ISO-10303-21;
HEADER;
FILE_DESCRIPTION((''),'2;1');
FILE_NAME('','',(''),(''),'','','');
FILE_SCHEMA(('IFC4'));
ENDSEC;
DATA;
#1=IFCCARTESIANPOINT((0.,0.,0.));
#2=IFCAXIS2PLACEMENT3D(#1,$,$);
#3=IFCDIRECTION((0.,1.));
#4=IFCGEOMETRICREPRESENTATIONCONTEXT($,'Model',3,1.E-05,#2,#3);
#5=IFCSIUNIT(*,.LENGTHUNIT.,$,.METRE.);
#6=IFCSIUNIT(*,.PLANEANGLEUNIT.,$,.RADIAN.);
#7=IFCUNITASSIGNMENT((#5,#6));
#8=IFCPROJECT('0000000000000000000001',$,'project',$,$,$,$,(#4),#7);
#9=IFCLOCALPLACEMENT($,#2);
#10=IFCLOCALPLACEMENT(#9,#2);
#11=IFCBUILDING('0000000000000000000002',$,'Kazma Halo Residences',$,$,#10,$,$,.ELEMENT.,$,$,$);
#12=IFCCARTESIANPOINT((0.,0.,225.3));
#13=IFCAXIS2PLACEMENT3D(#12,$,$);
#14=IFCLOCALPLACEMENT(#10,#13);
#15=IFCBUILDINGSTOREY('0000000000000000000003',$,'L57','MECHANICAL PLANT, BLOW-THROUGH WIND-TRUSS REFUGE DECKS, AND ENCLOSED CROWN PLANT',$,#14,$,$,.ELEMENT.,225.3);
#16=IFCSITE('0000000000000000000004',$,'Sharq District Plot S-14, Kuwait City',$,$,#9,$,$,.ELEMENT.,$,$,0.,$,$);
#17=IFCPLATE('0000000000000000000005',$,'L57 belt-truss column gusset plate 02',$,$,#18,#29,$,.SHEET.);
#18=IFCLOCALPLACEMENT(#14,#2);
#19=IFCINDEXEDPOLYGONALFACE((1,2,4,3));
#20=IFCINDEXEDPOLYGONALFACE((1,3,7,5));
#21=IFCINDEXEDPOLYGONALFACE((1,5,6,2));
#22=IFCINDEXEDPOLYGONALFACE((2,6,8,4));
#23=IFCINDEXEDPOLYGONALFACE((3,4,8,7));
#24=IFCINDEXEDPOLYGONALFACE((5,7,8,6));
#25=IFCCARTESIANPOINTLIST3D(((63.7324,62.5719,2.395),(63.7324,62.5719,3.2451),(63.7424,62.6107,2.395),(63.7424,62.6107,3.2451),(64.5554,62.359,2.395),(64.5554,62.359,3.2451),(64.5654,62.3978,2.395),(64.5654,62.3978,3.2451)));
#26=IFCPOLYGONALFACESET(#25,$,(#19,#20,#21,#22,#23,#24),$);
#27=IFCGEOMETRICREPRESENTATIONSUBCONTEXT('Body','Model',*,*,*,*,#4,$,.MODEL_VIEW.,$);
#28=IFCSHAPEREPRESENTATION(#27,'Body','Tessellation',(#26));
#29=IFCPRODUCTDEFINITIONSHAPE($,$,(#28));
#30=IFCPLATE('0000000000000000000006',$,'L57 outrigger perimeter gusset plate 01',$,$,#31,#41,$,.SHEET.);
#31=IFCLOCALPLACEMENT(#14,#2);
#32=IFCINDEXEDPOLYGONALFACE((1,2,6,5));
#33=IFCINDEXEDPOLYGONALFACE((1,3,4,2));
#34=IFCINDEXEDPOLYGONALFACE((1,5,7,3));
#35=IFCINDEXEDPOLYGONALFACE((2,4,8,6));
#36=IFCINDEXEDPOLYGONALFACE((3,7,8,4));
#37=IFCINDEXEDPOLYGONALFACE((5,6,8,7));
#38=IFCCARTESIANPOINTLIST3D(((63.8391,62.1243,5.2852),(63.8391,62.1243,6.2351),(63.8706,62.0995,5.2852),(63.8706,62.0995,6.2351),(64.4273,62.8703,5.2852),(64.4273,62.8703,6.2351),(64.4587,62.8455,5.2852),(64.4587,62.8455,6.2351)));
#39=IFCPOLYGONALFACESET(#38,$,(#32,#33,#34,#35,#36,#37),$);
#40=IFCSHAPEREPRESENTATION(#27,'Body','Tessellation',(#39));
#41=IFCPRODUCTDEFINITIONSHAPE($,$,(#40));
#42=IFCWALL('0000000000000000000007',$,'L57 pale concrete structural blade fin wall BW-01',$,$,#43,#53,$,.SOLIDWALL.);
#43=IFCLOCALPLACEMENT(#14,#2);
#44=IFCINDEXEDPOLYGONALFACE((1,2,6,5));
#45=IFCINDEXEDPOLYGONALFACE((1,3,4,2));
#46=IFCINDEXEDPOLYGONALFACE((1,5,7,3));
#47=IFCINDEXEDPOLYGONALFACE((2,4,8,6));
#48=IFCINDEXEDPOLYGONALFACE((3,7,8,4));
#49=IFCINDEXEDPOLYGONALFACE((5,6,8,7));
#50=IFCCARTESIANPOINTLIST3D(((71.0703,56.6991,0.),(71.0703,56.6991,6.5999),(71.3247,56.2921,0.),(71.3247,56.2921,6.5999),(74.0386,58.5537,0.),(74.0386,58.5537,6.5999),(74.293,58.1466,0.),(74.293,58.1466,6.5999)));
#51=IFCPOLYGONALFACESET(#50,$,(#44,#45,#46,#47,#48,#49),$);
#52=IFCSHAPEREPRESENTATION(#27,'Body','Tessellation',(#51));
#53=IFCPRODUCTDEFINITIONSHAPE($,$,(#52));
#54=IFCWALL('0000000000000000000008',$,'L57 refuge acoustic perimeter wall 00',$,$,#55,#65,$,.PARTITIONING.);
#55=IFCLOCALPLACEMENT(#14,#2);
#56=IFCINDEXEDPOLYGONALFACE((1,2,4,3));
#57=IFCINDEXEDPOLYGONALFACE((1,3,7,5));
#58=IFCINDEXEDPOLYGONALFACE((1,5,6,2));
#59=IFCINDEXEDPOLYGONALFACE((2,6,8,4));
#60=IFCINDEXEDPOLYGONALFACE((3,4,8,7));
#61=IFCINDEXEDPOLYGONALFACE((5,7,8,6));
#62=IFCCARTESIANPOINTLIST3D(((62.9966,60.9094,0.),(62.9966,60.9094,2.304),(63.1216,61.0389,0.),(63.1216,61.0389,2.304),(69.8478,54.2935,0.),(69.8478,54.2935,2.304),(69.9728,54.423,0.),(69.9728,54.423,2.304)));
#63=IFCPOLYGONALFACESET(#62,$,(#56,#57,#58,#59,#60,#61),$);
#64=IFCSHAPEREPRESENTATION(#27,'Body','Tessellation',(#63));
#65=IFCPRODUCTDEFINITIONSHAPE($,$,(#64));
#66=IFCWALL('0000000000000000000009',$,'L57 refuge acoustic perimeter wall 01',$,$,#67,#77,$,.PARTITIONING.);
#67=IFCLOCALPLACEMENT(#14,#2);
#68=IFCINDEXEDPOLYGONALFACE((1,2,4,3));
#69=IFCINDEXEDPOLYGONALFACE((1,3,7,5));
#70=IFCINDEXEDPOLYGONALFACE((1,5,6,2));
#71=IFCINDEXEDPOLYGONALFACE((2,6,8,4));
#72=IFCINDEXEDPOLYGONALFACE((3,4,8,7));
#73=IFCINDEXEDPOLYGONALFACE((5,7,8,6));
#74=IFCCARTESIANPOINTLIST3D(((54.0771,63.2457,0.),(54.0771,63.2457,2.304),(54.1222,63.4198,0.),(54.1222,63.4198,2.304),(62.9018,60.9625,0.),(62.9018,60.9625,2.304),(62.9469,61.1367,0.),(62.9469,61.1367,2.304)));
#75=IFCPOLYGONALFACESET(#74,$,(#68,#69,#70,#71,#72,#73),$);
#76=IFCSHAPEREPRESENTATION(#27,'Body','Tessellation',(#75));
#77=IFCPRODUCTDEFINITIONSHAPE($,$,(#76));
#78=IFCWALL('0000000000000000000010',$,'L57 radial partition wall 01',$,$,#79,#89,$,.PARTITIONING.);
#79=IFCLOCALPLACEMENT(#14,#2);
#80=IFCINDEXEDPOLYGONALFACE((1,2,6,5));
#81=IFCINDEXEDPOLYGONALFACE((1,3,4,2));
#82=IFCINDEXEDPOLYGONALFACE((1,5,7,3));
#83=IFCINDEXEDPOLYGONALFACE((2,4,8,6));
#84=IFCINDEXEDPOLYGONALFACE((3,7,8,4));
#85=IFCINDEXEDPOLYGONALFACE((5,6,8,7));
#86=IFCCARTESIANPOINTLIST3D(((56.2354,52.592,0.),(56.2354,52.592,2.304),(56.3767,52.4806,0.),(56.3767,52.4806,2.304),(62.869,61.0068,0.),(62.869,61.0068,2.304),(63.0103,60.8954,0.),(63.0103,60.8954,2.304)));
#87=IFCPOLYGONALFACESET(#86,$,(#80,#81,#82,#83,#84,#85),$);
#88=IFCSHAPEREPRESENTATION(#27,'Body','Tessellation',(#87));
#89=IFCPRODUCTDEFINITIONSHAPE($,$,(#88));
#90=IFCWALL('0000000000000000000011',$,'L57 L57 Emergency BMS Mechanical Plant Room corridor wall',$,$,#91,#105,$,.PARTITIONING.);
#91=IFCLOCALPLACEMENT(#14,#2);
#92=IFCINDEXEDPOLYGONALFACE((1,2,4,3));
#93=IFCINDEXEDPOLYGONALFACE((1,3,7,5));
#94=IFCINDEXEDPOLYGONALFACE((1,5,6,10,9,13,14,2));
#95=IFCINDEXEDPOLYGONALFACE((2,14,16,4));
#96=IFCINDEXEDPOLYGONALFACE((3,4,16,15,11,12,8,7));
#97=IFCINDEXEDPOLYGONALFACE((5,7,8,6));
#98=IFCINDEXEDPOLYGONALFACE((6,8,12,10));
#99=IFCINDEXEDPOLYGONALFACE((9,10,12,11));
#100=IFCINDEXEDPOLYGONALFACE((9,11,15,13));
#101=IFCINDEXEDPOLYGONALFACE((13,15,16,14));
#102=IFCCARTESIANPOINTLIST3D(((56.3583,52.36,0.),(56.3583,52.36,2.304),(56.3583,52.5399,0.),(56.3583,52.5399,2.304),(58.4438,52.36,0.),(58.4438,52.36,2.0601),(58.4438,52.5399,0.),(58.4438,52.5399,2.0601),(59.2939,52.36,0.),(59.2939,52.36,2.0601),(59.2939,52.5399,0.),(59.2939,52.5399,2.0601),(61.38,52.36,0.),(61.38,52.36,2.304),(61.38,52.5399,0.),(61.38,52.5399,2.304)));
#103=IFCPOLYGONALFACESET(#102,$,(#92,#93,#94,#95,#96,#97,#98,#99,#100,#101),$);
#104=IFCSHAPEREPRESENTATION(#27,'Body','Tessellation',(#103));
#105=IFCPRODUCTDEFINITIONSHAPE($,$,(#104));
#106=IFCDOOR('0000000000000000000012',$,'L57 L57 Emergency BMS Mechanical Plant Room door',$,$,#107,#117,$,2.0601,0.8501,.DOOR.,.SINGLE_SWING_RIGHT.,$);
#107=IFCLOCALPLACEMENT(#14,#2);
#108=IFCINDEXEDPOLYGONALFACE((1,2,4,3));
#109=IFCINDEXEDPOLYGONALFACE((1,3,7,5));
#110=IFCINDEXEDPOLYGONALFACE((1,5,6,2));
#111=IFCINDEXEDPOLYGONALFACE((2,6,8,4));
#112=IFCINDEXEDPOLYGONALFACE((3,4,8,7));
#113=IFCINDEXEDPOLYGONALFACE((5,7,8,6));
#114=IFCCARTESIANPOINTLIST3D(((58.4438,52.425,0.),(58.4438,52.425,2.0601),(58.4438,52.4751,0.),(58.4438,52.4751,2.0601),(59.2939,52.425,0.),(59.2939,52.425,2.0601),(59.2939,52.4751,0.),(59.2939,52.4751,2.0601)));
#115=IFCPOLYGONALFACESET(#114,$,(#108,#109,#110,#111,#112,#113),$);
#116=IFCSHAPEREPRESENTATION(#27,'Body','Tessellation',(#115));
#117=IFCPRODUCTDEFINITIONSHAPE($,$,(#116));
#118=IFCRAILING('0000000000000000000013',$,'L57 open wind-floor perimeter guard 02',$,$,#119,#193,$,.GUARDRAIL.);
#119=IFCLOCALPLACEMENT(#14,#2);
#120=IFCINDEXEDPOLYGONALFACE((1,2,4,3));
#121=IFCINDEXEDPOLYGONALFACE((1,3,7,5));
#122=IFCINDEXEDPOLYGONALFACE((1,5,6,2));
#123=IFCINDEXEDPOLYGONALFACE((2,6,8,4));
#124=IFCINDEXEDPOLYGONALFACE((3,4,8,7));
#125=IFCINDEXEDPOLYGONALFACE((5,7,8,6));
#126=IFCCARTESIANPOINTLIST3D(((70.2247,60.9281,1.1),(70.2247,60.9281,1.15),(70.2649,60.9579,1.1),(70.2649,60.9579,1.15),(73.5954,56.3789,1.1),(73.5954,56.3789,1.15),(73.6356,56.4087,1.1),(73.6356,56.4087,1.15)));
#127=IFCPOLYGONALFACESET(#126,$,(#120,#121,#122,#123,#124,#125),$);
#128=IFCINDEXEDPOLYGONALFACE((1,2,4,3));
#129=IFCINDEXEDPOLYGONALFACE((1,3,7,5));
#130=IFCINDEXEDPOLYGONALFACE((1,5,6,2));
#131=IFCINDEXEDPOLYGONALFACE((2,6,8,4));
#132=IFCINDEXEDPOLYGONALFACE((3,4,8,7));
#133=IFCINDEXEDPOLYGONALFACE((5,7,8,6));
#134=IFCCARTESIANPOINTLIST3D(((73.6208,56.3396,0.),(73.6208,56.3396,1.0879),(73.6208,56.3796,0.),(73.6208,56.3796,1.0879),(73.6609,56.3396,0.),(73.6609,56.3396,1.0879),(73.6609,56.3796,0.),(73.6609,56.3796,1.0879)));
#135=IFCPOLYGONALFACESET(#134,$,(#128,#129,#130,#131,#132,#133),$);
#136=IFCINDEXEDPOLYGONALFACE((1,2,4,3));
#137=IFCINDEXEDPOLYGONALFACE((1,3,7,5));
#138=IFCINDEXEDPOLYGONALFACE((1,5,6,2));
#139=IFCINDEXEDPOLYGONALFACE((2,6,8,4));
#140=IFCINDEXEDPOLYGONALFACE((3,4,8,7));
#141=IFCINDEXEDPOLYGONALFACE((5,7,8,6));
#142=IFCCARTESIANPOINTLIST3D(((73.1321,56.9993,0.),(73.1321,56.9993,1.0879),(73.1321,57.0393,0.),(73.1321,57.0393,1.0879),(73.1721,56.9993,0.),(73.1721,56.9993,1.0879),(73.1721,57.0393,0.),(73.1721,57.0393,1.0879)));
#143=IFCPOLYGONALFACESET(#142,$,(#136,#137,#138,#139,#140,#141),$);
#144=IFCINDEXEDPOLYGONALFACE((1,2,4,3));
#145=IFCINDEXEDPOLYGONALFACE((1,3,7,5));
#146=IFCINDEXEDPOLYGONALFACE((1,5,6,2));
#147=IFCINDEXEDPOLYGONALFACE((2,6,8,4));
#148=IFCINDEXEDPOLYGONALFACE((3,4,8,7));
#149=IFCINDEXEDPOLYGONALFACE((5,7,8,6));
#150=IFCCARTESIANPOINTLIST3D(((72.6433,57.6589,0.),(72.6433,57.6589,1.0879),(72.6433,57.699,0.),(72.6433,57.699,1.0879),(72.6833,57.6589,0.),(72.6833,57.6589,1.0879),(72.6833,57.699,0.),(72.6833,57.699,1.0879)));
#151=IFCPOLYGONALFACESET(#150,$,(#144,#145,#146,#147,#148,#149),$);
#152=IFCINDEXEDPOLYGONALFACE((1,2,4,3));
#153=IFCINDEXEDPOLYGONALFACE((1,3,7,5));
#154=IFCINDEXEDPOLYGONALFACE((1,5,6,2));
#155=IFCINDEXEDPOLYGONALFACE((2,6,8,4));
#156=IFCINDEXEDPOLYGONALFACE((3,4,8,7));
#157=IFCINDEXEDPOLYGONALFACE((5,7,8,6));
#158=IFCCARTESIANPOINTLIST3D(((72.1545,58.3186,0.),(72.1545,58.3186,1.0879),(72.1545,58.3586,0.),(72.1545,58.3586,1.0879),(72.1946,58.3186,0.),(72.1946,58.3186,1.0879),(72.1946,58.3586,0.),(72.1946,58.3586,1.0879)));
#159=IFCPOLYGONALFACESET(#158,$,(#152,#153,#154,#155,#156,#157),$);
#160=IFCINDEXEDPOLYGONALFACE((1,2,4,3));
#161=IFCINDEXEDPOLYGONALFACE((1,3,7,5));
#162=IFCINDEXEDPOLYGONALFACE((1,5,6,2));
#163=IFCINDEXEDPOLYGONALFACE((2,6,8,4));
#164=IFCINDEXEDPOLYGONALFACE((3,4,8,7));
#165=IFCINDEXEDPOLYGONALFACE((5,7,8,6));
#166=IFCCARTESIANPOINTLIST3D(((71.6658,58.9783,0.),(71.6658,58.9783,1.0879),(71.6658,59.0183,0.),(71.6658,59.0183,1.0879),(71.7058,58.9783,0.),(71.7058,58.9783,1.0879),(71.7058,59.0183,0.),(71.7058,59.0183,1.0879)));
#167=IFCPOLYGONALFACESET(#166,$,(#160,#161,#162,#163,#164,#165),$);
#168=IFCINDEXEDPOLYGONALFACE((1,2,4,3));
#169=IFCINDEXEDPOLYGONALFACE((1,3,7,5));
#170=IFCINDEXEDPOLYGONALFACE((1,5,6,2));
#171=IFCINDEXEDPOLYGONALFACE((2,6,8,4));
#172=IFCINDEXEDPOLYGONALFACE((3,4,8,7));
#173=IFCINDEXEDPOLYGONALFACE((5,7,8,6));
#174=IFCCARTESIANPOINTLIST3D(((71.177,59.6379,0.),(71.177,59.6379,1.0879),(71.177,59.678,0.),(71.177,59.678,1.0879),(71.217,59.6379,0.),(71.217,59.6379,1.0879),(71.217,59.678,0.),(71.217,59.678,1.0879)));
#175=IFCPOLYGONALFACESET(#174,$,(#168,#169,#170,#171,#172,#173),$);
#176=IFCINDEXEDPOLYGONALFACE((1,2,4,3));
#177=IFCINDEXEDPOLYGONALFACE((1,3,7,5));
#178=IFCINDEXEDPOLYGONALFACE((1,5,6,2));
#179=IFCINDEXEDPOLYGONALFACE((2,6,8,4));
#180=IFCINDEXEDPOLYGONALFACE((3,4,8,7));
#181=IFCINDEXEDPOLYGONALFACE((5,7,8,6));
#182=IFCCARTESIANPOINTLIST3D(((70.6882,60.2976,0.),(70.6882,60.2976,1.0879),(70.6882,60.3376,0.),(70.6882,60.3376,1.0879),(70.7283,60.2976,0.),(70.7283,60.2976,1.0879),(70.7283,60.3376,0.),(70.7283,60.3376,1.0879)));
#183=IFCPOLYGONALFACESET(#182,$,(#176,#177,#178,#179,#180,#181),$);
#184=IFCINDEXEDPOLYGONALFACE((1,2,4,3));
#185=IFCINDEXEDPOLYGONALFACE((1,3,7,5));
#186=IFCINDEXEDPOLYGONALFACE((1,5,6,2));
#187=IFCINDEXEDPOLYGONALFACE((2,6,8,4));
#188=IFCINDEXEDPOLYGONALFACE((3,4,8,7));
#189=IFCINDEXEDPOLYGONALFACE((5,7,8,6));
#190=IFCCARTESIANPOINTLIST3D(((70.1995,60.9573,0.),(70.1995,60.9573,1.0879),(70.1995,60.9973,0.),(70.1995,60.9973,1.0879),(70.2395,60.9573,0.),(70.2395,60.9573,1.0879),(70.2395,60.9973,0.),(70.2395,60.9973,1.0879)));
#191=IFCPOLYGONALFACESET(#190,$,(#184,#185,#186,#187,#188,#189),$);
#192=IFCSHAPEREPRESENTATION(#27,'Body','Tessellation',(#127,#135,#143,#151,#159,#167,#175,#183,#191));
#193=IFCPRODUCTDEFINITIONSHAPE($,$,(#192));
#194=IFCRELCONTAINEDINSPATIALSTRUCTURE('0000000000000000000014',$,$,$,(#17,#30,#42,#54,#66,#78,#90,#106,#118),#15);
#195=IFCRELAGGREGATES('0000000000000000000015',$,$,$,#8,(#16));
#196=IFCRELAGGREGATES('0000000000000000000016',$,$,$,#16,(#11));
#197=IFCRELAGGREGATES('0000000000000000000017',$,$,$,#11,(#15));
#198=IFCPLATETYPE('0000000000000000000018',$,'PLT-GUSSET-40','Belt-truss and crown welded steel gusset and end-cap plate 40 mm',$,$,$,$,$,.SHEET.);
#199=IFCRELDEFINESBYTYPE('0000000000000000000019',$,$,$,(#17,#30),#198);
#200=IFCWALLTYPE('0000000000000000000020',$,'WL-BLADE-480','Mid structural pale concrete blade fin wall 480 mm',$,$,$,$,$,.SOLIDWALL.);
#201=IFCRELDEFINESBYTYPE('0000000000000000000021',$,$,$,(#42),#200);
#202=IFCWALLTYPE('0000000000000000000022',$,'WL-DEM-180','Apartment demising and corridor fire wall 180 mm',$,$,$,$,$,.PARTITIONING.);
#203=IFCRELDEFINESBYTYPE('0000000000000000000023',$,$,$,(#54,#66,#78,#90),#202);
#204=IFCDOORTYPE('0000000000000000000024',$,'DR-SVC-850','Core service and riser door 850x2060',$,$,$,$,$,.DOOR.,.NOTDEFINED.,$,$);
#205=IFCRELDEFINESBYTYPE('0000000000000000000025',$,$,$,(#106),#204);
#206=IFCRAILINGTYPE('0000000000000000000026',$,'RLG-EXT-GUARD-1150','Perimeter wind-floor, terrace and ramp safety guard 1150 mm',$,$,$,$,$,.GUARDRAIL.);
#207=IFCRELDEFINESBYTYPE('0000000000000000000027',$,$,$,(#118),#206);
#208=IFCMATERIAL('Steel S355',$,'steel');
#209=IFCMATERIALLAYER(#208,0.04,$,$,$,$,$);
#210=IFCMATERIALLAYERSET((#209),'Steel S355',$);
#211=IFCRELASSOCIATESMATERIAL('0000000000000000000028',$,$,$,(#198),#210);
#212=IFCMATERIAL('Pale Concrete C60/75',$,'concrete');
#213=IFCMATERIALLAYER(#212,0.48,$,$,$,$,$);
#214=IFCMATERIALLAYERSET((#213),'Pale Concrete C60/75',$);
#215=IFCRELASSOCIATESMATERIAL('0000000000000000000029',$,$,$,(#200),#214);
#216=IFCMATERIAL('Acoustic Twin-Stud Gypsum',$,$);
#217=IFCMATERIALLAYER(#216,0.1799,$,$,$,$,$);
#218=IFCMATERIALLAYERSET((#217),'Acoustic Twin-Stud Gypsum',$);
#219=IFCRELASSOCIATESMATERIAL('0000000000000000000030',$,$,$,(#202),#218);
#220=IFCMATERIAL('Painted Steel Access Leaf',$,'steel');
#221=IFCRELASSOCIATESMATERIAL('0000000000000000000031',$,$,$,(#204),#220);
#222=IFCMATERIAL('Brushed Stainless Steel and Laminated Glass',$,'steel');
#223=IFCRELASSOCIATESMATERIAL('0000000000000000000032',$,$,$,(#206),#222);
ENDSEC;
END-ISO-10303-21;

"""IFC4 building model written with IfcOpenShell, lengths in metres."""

from ifc_helpers import new_model, si_unit, direction, frame, frame_2d, origin, origin_2d, place, context, subcontext, project, spatial, rectangle, extrude, material, layer, layer_set, type_object, element, fill, save


model = new_model("IFC4")

# Units and contexts
model_context = context("Model", 3, precision=1e-05, world=origin(), true_north=direction((0.0, 1.0)))
body_context = subcontext(model_context, "Body", "Model", "MODEL_VIEW")
ifc_project = project(units=[si_unit("LENGTHUNIT", "METRE"), si_unit("PLANEANGLEUNIT", "RADIAN")], contexts=[model_context])

# Site, building, storey
site_placement = place(None, origin())
site = spatial("IfcSite", under=ifc_project, at=site_placement, Name="Sharq District Plot S-14, Kuwait City", CompositionType="ELEMENT", RefElevation=0.0)
building_placement = place(site_placement, origin())
building = spatial("IfcBuilding", under=site, at=building_placement, Name="Kazma Halo Residences", CompositionType="ELEMENT")
storey_placement = place(building_placement, frame((0.0, 0.0, 225.3)))
storey = spatial("IfcBuildingStorey", under=building, at=storey_placement, Name="L57", Description="MECHANICAL PLANT, BLOW-THROUGH WIND-TRUSS REFUGE DECKS, AND ENCLOSED CROWN PLANT", CompositionType="ELEMENT", Elevation=225.3)

# Shared definitions
ifc_material_1 = material(Name="Steel S355", Category="steel")

# Plates
ifc_layer_1 = layer(ifc_material_1, 0.04)
ifc_layer_set_1 = layer_set([ifc_layer_1], Name="Steel S355")
plate_type = type_object("IfcPlateType", Name="PLT-GUSSET-40", Description="Belt-truss and crown welded steel gusset and end-cap plate 40 mm", PredefinedType="SHEET", material=ifc_layer_set_1)
plate_1_placement = place(storey_placement, frame((64.1489, 62.4849, 2.395), z_axis=(0.0, 0.0, 1.0), x_axis=(-0.968125, 0.250467, 0.0)))
element("IfcPlate", 1, at=plate_1_placement, inside=storey, type_object=plate_type, Name="L57 belt-truss column gusset plate 02", PredefinedType="SHEET", context=body_context, shape_type="SweptSolid", body=[
    extrude(rectangle(XDim=0.8501, YDim=0.04, at=origin_2d()), origin(), (0.0, 0.0, 1.0), 0.8501),
])
plate_2_placement = place(storey_placement, frame((64.1489, 62.4849, 5.2852), z_axis=(0.0, 0.0, 1.0), x_axis=(0.619093, 0.785317, 0.0)))
element("IfcPlate", 2, at=plate_2_placement, inside=storey, type_object=plate_type, Name="L57 outrigger perimeter gusset plate 01", PredefinedType="SHEET", context=body_context, shape_type="SweptSolid", body=[
    extrude(rectangle(XDim=0.95, YDim=0.04, at=origin_2d()), origin(), (0.0, 0.0, 1.0), 0.95),
])

# Walls
ifc_material_2 = material(Name="Pale Concrete C60/75", Category="concrete")
ifc_layer_2 = layer(ifc_material_2, 0.48)
ifc_layer_set_2 = layer_set([ifc_layer_2], Name="Pale Concrete C60/75")
wall_type_1 = type_object("IfcWallType", Name="WL-BLADE-480", Description="Mid structural pale concrete blade fin wall 480 mm", PredefinedType="SOLIDWALL", material=ifc_layer_set_2)
wall_1_placement = place(storey_placement, frame((71.1975, 56.4956, 0.0), z_axis=(0.0, 0.0, 1.0), x_axis=(0.848085, 0.529861, 0.0)))
element("IfcWall", 3, at=wall_1_placement, inside=storey, type_object=wall_type_1, Name="L57 pale concrete structural blade fin wall BW-01", PredefinedType="SOLIDWALL", context=body_context, shape_type="SweptSolid", body=[
    extrude(rectangle(XDim=3.5, YDim=0.48, at=frame_2d((1.75, 0.0))), origin(), (0.0, 0.0, 1.0), 6.5999),
])
ifc_material_3 = material(Name="Acoustic Twin-Stud Gypsum")
ifc_layer_3 = layer(ifc_material_3, 0.1799)
ifc_layer_set_3 = layer_set([ifc_layer_3], Name="Acoustic Twin-Stud Gypsum")
wall_type_2 = type_object("IfcWallType", Name="WL-DEM-180", Description="Apartment demising and corridor fire wall 180 mm", PredefinedType="PARTITIONING", material=ifc_layer_set_3)
wall_2_placement = place(storey_placement, frame((69.9104, 54.3582, 0.0), z_axis=(0.0, 0.0, 1.0), x_axis=(-0.719354, 0.694643, 0.0)))
element("IfcWall", 4, at=wall_2_placement, inside=storey, type_object=wall_type_2, Name="L57 refuge acoustic perimeter wall 00", PredefinedType="PARTITIONING", context=body_context, shape_type="SweptSolid", body=[
    extrude(rectangle(XDim=9.5242, YDim=0.1799, at=frame_2d((4.7622, 0.0))), origin(), (0.0, 0.0, 1.0), 2.304),
])
wall_3_placement = place(storey_placement, frame((62.9243, 61.0496, 0.0), z_axis=(0.0, 0.0, 1.0), x_axis=(-0.968122, 0.250481, 0.0)))
element("IfcWall", 5, at=wall_3_placement, inside=storey, type_object=wall_type_2, Name="L57 refuge acoustic perimeter wall 01", PredefinedType="PARTITIONING", context=body_context, shape_type="SweptSolid", body=[
    extrude(rectangle(XDim=9.1152, YDim=0.1799, at=frame_2d((4.5576, 0.0))), origin(), (0.0, 0.0, 1.0), 2.304),
])
wall_4_placement = place(storey_placement, frame((56.3062, 52.5364, 0.0), z_axis=(0.0, 0.0, 1.0), x_axis=(0.619086, 0.785323, 0.0)))
element("IfcWall", 6, at=wall_4_placement, inside=storey, type_object=wall_type_2, Name="L57 radial partition wall 01", PredefinedType="PARTITIONING", context=body_context, shape_type="SweptSolid", body=[
    extrude(rectangle(XDim=10.7151, YDim=0.1799, at=frame_2d((5.3574, 0.0))), origin(), (0.0, 0.0, 1.0), 2.304),
])

# Wall, opening, door
wall_5_placement = place(storey_placement, frame((61.3799, 52.45, 0.0), z_axis=(0.0, 0.0, 1.0), x_axis=(-1.0, 0.0, 0.0)))
wall_5 = element("IfcWall", 7, at=wall_5_placement, inside=storey, type_object=wall_type_2, Name="L57 L57 Emergency BMS Mechanical Plant Room corridor wall", PredefinedType="PARTITIONING", context=body_context, shape_type="SweptSolid", body=[
    extrude(rectangle(XDim=5.0217, YDim=0.1799, at=frame_2d((2.5107, 0.0))), origin(), (0.0, 0.0, 1.0), 2.304),
])
opening_placement = place(wall_5_placement, frame((2.0859, 0.0, 0.0)))
opening = element("IfcOpeningElement", 8, at=opening_placement, cuts=wall_5, PredefinedType="OPENING", context=body_context, shape_type="SweptSolid", body=[
    extrude(rectangle(XDim=0.8501, YDim=2.0601, at=frame_2d((0.425, 1.03))), frame((0.0, 0.0999, 0.0), z_axis=(0.0, -1.0, 0.0), x_axis=(1.0, 0.0, 0.0)), (0.0, 0.0, 1.0), 0.2),
])
ifc_material_4 = material(Name="Painted Steel Access Leaf", Category="steel")
door_type = type_object("IfcDoorType", Name="DR-SVC-850", Description="Core service and riser door 850x2060", OperationType="NOTDEFINED", PredefinedType="DOOR", material=ifc_material_4)
door_placement = place(opening_placement, origin())
door = element("IfcDoor", 9, at=door_placement, inside=storey, type_object=door_type, Name="L57 L57 Emergency BMS Mechanical Plant Room door", OperationType="SINGLE_SWING_RIGHT", OverallHeight=2.0601, OverallWidth=0.8501, PredefinedType="DOOR", context=body_context, shape_type="SweptSolid", body=[
    extrude(rectangle(XDim=0.8501, YDim=2.0601, at=frame_2d((0.425, 1.03))), frame((0.0, 0.0249, 0.0), z_axis=(0.0, -1.0, 0.0), x_axis=(1.0, 0.0, 0.0)), (0.0, 0.0, 1.0), 0.05),
])
fill(opening, door)

# Railing
ifc_material_5 = material(Name="Brushed Stainless Steel and Laminated Glass", Category="steel")
railing_type = type_object("IfcRailingType", Name="RLG-EXT-GUARD-1150", Description="Perimeter wind-floor, terrace and ramp safety guard 1150 mm", PredefinedType="GUARDRAIL", material=ifc_material_5)
railing_1_placement = place(storey_placement, frame((73.6409, 56.3596, 0.0)))
element("IfcRailing", 10, at=railing_1_placement, inside=storey, type_object=railing_type, Name="L57 open wind-floor perimeter guard 02", PredefinedType="GUARDRAIL", context=body_context, shape_type="SweptSolid", body=[
    extrude(rectangle(XDim=0.05, YDim=0.05, at=origin_2d()), frame((-0.0254, 0.0342, 1.125), z_axis=(-0.595327, 0.803483, 0.0), x_axis=(-0.803483, -0.595327, 0.0)), (0.0, 0.0, 1.0), 5.6619),
    extrude(rectangle(XDim=0.04, YDim=0.04, at=origin_2d()), origin(), (0.0, 0.0, 1.0), 1.0879),
    extrude(rectangle(XDim=0.04, YDim=0.04, at=origin_2d()), frame((-0.4888, 0.6597, 0.0)), (0.0, 0.0, 1.0), 1.0879),
    extrude(rectangle(XDim=0.04, YDim=0.04, at=origin_2d()), frame((-0.9775, 1.3193, 0.0)), (0.0, 0.0, 1.0), 1.0879),
    extrude(rectangle(XDim=0.04, YDim=0.04, at=origin_2d()), frame((-1.4663, 1.979, 0.0)), (0.0, 0.0, 1.0), 1.0879),
    extrude(rectangle(XDim=0.04, YDim=0.04, at=origin_2d()), frame((-1.9551, 2.6387, 0.0)), (0.0, 0.0, 1.0), 1.0879),
    extrude(rectangle(XDim=0.04, YDim=0.04, at=origin_2d()), frame((-2.4438, 3.2983, 0.0)), (0.0, 0.0, 1.0), 1.0879),
    extrude(rectangle(XDim=0.04, YDim=0.04, at=origin_2d()), frame((-2.9326, 3.958, 0.0)), (0.0, 0.0, 1.0), 1.0879),
    extrude(rectangle(XDim=0.04, YDim=0.04, at=origin_2d()), frame((-3.4214, 4.6177, 0.0)), (0.0, 0.0, 1.0), 1.0879),
])

save(model, "model.ifc")
